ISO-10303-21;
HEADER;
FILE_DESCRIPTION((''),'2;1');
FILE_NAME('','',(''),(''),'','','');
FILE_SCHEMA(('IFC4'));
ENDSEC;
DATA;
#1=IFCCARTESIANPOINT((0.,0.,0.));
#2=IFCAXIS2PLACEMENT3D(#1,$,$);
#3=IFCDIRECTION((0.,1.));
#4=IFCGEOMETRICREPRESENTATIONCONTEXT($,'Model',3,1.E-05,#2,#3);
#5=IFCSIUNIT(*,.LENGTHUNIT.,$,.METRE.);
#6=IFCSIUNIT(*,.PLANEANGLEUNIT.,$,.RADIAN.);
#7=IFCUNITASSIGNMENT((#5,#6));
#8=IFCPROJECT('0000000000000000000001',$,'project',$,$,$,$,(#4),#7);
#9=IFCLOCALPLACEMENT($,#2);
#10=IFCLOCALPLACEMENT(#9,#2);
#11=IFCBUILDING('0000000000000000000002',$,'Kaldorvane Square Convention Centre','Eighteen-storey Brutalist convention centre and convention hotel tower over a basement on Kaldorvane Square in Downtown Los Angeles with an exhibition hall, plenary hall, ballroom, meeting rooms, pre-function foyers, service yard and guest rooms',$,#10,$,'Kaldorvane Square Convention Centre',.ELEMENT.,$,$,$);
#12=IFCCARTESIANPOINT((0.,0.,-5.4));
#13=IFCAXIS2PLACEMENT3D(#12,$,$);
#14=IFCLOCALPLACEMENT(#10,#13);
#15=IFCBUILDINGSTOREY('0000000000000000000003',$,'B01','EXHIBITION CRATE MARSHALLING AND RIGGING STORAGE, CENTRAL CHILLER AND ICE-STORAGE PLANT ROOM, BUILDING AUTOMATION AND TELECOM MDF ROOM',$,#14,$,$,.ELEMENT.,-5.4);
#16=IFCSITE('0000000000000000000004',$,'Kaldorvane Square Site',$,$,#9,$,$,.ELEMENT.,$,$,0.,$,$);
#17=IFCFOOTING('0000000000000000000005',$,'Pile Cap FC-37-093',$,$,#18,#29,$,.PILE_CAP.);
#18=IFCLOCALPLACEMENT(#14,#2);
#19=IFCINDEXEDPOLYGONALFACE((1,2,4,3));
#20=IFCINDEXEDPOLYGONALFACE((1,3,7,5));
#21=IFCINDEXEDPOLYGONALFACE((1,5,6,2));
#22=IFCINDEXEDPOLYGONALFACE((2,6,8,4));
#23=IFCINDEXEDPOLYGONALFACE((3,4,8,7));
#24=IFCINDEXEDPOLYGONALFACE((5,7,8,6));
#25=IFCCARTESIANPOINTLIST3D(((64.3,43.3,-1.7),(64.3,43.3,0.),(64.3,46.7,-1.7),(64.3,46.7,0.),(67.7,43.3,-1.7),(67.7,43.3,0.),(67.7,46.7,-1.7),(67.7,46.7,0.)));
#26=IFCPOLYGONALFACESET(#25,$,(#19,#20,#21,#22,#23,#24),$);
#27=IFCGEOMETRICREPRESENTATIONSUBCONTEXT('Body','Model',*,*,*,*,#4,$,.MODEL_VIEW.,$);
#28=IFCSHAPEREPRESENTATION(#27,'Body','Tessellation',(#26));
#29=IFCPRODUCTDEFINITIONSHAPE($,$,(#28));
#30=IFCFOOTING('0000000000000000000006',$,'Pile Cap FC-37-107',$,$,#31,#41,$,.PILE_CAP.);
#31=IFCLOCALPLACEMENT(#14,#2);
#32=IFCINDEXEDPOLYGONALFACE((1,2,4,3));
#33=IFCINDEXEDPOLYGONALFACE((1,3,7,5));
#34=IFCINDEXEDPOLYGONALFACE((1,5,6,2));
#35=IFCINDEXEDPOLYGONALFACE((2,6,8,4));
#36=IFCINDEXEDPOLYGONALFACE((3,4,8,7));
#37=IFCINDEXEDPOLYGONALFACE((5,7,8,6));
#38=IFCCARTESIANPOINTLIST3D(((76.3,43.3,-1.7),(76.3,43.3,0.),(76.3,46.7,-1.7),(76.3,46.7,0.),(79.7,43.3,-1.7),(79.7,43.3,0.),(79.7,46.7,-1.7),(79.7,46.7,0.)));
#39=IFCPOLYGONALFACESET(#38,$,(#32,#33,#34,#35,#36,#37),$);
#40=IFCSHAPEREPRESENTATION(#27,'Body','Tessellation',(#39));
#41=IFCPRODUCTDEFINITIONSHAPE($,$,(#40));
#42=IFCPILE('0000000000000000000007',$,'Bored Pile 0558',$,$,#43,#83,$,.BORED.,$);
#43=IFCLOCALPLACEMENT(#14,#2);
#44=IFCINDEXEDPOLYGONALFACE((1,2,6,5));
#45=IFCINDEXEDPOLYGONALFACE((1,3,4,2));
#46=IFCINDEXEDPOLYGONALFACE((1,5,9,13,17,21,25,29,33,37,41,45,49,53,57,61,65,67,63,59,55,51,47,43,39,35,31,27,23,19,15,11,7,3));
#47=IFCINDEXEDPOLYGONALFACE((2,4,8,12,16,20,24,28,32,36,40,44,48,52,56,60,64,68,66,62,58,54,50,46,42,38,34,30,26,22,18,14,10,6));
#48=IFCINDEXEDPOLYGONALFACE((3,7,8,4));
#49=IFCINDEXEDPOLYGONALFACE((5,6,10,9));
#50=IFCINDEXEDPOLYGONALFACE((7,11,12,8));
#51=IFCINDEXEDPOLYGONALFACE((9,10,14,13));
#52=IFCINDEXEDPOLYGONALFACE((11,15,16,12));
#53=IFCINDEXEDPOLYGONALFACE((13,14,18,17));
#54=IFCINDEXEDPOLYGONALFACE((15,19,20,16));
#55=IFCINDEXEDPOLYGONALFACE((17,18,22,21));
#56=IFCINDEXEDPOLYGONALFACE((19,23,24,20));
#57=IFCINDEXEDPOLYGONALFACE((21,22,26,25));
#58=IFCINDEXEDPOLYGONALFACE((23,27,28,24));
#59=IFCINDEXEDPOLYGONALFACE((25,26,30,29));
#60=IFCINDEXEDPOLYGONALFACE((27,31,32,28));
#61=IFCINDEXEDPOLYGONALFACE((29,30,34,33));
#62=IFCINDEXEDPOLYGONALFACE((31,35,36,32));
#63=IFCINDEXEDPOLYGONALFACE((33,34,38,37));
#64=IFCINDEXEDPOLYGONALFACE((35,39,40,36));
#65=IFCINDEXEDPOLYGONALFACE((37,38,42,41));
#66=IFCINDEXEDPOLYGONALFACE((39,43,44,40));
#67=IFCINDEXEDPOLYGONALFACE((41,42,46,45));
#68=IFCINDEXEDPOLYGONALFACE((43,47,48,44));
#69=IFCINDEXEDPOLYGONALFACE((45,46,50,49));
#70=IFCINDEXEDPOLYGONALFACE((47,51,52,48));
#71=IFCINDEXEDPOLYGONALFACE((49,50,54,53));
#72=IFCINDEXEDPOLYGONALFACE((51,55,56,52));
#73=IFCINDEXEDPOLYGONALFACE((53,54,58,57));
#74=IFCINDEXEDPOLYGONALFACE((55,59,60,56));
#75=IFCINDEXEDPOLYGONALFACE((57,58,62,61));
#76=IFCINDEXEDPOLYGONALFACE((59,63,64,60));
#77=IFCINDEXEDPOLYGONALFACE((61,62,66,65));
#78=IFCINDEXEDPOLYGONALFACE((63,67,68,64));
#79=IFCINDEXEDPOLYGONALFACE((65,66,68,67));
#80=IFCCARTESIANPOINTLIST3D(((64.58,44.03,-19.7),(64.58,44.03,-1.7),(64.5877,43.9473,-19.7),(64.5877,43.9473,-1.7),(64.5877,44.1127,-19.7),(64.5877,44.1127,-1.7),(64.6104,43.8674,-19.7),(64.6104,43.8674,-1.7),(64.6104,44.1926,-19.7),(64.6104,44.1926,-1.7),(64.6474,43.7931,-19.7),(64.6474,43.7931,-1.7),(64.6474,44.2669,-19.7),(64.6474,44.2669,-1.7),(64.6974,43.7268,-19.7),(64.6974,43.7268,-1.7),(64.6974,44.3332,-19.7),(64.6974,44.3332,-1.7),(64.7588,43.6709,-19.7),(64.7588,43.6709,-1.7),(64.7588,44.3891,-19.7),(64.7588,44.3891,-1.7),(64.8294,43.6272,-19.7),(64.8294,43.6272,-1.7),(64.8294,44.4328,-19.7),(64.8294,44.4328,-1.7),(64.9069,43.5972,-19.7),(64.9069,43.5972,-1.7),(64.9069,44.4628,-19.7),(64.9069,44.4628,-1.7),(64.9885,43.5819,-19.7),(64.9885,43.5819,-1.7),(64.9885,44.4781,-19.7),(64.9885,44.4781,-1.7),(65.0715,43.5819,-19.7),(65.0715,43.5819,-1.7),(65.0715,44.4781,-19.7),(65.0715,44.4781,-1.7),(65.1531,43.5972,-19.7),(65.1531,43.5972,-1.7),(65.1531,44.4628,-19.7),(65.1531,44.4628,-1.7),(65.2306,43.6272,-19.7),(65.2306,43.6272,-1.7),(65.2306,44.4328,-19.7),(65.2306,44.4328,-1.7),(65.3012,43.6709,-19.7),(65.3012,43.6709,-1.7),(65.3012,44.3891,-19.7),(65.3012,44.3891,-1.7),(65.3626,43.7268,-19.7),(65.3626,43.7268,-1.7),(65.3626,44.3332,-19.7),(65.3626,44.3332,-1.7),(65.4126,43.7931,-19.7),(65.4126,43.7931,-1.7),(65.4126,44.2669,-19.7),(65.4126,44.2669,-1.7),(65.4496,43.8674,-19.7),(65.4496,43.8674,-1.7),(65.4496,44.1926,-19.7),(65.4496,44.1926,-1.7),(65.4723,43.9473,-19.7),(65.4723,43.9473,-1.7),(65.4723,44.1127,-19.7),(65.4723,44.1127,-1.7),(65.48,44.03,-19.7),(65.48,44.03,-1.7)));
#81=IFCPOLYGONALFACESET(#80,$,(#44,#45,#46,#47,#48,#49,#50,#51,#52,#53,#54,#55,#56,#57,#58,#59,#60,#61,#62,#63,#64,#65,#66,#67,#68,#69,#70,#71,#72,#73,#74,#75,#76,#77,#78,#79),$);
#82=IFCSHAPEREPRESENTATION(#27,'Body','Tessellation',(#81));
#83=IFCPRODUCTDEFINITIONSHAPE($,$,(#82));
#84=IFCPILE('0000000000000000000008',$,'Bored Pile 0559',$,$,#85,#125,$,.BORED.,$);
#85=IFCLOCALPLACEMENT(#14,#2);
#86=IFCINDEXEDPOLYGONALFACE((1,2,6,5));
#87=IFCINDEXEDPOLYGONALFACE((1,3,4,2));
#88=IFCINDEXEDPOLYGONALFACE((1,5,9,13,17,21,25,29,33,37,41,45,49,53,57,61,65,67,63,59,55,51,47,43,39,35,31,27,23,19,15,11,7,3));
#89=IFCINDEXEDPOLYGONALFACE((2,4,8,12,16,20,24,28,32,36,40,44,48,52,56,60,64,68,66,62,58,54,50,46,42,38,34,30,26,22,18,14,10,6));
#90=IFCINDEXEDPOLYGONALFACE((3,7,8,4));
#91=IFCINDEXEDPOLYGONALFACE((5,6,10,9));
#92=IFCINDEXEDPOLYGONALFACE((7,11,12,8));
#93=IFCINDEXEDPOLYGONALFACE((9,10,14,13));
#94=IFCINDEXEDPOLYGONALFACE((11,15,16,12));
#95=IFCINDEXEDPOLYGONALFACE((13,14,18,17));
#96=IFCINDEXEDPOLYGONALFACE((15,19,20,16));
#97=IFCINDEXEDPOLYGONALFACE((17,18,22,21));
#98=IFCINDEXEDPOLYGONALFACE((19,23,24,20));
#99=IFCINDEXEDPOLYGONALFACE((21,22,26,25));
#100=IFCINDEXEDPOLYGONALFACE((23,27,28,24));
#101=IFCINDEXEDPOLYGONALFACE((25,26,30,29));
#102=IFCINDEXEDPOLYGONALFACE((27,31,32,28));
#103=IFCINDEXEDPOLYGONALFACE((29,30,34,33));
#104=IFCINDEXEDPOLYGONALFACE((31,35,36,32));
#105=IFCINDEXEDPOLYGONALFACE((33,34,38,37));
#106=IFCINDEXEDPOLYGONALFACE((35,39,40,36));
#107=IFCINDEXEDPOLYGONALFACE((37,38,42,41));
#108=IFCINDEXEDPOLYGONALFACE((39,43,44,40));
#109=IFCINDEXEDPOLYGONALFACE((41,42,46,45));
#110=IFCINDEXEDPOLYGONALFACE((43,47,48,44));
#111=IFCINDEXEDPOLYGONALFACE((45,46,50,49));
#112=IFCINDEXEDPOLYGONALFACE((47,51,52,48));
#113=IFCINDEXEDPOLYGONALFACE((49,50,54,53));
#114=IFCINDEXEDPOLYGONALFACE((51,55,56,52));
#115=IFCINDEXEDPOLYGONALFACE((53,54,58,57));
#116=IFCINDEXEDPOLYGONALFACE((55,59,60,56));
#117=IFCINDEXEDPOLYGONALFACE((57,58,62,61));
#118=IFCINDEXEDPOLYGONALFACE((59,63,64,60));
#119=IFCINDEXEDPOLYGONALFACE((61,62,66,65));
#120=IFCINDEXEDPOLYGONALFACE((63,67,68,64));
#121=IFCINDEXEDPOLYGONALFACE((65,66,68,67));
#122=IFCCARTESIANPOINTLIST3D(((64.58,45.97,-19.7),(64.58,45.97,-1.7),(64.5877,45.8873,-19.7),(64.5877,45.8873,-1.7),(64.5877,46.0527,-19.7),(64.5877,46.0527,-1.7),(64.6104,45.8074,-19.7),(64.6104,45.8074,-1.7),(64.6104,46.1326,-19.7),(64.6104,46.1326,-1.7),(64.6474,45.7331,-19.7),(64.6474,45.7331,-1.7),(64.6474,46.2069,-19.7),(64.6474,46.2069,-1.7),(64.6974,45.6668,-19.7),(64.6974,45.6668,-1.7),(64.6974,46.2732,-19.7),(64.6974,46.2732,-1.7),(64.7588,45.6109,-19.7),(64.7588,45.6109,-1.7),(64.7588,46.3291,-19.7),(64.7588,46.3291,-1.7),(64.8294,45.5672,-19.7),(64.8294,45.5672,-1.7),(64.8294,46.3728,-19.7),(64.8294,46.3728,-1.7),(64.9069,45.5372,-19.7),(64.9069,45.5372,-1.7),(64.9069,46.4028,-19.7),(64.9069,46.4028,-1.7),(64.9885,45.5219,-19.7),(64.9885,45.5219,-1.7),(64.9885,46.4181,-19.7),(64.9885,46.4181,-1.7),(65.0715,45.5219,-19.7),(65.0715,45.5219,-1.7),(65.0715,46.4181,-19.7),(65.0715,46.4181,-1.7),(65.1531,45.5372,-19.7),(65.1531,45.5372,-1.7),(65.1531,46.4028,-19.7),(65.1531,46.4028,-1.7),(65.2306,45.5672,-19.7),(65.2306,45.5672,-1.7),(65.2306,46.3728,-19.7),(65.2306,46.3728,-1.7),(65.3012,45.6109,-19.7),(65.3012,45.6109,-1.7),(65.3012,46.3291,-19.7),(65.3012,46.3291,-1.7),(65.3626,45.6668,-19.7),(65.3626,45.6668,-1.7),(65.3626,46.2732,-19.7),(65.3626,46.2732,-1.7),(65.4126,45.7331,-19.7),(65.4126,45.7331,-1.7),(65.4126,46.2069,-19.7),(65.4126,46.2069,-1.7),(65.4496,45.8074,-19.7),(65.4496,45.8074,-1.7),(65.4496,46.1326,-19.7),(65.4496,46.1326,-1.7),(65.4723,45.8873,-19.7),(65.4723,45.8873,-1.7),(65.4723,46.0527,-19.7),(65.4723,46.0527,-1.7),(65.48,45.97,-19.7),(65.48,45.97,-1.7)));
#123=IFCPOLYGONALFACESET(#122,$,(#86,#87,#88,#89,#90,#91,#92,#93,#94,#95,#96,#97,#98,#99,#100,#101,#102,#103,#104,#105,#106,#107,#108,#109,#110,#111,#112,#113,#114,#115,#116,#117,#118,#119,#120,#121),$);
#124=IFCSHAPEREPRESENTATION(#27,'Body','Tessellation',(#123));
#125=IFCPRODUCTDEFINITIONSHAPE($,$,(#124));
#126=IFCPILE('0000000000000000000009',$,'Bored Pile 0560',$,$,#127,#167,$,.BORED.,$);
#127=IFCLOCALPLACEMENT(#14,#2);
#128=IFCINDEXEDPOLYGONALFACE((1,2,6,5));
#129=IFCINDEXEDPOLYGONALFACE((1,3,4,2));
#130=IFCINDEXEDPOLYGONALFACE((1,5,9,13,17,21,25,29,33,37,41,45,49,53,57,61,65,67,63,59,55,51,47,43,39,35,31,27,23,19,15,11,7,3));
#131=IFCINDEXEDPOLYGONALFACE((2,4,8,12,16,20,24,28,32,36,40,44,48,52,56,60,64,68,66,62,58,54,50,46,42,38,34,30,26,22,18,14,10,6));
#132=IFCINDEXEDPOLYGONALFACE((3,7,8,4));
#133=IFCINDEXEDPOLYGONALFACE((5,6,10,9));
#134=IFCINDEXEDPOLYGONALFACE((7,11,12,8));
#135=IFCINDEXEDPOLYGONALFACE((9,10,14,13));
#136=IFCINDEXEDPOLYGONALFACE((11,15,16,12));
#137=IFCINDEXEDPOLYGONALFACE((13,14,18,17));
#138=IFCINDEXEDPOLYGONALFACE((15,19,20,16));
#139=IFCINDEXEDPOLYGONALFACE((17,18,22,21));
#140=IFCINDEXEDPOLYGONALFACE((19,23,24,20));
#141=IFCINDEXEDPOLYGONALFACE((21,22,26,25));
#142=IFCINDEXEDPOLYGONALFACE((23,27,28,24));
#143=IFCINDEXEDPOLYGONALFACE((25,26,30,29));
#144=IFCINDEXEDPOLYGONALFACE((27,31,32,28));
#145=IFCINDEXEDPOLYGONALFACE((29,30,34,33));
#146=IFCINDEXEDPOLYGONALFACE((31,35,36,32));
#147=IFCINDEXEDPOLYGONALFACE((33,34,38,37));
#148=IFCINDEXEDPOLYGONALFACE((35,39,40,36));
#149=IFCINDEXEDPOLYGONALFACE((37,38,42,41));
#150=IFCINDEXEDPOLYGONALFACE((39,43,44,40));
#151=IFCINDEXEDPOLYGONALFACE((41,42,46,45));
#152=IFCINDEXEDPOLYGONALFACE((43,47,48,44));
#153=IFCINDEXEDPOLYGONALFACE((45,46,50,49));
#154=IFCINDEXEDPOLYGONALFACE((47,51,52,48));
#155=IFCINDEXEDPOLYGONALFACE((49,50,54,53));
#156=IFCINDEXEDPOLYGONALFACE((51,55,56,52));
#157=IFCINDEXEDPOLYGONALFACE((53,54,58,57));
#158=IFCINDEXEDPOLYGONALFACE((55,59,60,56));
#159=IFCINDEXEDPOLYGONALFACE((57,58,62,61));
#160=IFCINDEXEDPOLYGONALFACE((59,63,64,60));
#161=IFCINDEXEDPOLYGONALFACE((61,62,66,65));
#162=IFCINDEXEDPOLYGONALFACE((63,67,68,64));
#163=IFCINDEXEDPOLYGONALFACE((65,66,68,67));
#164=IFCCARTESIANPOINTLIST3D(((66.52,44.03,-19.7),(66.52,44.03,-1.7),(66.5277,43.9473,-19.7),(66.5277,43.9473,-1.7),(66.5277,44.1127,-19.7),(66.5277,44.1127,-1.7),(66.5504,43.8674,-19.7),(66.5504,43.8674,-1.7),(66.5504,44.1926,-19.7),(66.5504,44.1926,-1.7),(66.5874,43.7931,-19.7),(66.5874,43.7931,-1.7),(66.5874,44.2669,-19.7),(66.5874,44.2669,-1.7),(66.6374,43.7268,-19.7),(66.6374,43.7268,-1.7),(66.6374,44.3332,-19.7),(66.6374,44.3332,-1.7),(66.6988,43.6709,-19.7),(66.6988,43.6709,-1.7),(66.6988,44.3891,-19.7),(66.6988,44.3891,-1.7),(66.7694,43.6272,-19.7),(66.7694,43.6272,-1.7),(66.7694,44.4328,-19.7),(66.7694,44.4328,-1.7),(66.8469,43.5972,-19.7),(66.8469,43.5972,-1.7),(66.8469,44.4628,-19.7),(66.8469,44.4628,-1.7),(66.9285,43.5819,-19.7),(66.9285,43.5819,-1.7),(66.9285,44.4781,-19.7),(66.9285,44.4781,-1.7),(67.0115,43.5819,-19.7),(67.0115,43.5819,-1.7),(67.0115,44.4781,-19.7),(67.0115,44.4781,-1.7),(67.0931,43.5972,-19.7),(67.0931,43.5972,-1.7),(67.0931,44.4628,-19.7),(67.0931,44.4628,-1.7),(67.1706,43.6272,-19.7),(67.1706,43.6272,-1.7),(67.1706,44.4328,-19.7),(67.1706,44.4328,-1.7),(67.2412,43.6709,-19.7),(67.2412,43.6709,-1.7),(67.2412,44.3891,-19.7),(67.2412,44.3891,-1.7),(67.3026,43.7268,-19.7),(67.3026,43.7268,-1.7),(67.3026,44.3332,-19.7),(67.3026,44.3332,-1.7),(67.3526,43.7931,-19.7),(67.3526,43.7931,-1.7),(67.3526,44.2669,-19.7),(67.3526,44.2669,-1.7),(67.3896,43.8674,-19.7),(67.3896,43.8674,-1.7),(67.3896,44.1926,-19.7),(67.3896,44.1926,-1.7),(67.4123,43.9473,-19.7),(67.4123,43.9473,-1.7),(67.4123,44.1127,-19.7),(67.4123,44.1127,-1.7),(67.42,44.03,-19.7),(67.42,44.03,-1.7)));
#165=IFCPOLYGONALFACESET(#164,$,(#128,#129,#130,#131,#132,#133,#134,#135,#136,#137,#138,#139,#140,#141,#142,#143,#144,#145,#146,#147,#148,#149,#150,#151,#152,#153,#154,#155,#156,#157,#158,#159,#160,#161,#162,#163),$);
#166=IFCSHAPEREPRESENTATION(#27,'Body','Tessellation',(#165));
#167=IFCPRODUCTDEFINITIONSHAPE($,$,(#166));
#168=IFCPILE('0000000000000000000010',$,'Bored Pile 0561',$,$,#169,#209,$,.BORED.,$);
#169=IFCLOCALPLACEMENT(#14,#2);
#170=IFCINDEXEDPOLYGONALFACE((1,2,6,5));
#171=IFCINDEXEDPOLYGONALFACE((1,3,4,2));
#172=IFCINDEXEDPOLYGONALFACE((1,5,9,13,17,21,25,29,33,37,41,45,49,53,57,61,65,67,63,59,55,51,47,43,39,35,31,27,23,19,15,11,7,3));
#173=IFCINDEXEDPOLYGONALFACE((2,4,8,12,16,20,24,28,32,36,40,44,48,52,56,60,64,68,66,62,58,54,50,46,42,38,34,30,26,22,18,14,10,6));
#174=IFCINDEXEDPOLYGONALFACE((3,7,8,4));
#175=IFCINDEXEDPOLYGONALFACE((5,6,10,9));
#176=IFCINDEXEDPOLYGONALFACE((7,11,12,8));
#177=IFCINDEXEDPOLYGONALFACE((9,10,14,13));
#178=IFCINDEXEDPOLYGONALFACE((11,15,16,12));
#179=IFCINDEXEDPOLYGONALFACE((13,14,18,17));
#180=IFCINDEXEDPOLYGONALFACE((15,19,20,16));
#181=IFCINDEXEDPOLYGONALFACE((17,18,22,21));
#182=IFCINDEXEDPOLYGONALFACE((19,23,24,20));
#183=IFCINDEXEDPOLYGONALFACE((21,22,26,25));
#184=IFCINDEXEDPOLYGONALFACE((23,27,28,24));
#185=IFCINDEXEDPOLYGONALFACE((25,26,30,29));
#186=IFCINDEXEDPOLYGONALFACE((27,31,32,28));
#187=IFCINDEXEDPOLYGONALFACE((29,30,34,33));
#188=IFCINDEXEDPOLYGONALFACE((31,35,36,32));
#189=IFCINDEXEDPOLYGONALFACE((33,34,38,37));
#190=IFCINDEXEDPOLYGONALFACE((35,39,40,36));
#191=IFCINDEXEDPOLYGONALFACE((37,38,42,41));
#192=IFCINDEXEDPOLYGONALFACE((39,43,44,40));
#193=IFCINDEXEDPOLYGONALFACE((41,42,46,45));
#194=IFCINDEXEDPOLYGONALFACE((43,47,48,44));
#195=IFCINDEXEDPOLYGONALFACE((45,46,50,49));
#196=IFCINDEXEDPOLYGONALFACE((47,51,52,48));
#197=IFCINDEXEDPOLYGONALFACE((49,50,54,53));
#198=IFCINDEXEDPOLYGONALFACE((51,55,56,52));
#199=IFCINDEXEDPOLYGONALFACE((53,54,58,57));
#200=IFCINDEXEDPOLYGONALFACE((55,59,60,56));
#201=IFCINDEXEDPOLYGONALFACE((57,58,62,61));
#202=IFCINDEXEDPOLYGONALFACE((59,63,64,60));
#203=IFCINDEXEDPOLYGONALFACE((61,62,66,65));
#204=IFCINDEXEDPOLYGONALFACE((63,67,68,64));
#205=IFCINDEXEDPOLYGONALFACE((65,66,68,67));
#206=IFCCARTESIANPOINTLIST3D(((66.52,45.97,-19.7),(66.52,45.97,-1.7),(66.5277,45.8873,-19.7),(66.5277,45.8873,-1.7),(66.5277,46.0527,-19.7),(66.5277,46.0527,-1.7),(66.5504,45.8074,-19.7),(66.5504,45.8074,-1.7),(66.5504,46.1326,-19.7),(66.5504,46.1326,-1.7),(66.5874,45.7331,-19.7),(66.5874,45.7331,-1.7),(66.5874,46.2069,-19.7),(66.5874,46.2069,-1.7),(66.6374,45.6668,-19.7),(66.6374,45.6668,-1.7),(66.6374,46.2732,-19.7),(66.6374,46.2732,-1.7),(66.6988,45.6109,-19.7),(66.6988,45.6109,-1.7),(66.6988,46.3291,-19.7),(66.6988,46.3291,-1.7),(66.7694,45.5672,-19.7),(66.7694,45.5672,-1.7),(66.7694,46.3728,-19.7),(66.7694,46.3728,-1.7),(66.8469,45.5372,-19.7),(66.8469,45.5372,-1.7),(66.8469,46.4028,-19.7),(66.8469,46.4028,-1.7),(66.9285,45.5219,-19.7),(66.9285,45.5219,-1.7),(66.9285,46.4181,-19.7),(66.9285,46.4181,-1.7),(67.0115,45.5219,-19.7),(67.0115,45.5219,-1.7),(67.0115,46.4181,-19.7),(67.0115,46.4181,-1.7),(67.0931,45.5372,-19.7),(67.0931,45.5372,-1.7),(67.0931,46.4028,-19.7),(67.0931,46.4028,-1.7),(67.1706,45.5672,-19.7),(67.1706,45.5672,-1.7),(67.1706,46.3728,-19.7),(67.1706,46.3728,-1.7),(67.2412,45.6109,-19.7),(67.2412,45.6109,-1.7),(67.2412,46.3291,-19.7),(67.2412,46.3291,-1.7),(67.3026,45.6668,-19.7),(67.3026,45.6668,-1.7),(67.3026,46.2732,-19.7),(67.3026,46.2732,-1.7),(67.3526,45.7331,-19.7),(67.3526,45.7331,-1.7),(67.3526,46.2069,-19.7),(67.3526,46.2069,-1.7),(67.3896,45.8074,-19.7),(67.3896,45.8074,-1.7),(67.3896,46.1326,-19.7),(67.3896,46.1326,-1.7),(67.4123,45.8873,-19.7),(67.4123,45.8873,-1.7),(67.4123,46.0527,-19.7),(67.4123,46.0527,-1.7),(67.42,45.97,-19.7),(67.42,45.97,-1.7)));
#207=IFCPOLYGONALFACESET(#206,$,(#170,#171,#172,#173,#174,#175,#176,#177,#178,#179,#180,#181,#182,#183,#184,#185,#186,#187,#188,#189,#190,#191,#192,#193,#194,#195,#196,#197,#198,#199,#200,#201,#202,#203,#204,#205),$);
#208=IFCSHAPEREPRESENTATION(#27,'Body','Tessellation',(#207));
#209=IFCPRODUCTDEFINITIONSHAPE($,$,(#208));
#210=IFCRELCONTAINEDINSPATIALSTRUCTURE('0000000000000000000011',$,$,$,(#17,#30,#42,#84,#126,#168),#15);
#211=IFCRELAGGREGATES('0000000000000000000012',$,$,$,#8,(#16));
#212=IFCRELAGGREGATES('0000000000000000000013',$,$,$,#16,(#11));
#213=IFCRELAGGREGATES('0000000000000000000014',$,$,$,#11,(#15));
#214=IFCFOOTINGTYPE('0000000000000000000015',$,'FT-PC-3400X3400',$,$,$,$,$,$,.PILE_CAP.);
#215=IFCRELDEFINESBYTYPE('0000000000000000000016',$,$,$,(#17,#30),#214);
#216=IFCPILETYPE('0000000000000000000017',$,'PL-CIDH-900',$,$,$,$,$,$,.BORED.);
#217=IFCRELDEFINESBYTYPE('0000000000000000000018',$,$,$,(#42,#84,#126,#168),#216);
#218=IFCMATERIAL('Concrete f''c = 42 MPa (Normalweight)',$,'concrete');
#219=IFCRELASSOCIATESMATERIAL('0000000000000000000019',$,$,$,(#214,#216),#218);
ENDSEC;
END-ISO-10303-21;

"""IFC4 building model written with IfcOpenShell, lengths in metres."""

from ifc_helpers import new_model, si_unit, direction, frame, origin, origin_2d, place, context, subcontext, project, spatial, rectangle, circle, extrude, material, material_profile, profile_set, type_object, element, save


model = new_model("IFC4")

# Units and contexts
model_context = context("Model", 3, precision=1e-05, world=origin(), true_north=direction((0.0, 1.0)))
body_context = subcontext(model_context, "Body", "Model", "MODEL_VIEW")
ifc_project = project(units=[si_unit("LENGTHUNIT", "METRE"), si_unit("PLANEANGLEUNIT", "RADIAN")], contexts=[model_context])

# Site, building, storey
site_placement = place(None, origin())
site = spatial("IfcSite", under=ifc_project, at=site_placement, Name="Kaldorvane Square Site", CompositionType="ELEMENT", RefElevation=0.0)
building_placement = place(site_placement, origin())
building = spatial("IfcBuilding", under=site, at=building_placement, Name="Kaldorvane Square Convention Centre", Description="Eighteen-storey Brutalist convention centre and convention hotel tower over a basement on Kaldorvane Square in Downtown Los Angeles with an exhibition hall, plenary hall, ballroom, meeting rooms, pre-function foyers, service yard and guest rooms", LongName="Kaldorvane Square Convention Centre", CompositionType="ELEMENT")
storey_placement = place(building_placement, frame((0.0, 0.0, -5.4)))
storey = spatial("IfcBuildingStorey", under=building, at=storey_placement, Name="B01", Description="EXHIBITION CRATE MARSHALLING AND RIGGING STORAGE, CENTRAL CHILLER AND ICE-STORAGE PLANT ROOM, BUILDING AUTOMATION AND TELECOM MDF ROOM", CompositionType="ELEMENT", Elevation=-5.4)

# Footings
ifc_material_1 = material(Name="Concrete f'c = 42 MPa (Normalweight)", Category="concrete")
footing_type = type_object("IfcFootingType", Name="FT-PC-3400X3400", PredefinedType="PILE_CAP", material=ifc_material_1)
for number, where, z_axis, x_axis, name in (
    (1, (66.0, 45.0, -1.7), (0.0, 0.0, 1.0), (1.0, 0.0, 0.0), "Pile Cap FC-37-093"),
    (2, (78.0, 45.0, -1.7), (0.0, 0.0, 1.0), (1.0, 0.0, 0.0), "Pile Cap FC-37-107"),
):
    element("IfcFooting", number, at=place(storey_placement, frame(where, z_axis=z_axis, x_axis=x_axis)), inside=storey, type_object=footing_type, Name=name, PredefinedType="PILE_CAP", context=body_context, shape_type="SweptSolid", body=[
        extrude(rectangle(XDim=3.4, YDim=3.4, at=origin_2d()), origin(), (0.0, 0.0, 1.0), 1.7),
    ])

# Piles
ifc_material_profile_1 = material_profile(ifc_material_1, circle(Radius=0.45, at=origin_2d()), Name="PILE-D900")
ifc_profile_set_1 = profile_set([ifc_material_profile_1], Name="Concrete f'c = 42 MPa (Normalweight)")
pile_type = type_object("IfcPileType", Name="PL-CIDH-900", PredefinedType="BORED", material=ifc_profile_set_1)
for number, where, z_axis, x_axis, name in (
    (3, (65.03, 44.03, -1.7), (0.0, 0.0, -1.0), (1.0, 0.0, 0.0), "Bored Pile 0558"),
    (4, (65.03, 45.97, -1.7), (0.0, 0.0, -1.0), (1.0, 0.0, 0.0), "Bored Pile 0559"),
    (5, (66.97, 44.03, -1.7), (0.0, 0.0, -1.0), (1.0, 0.0, 0.0), "Bored Pile 0560"),
    (6, (66.97, 45.97, -1.7), (0.0, 0.0, -1.0), (1.0, 0.0, 0.0), "Bored Pile 0561"),
):
    element("IfcPile", number, at=place(storey_placement, frame(where, z_axis=z_axis, x_axis=x_axis)), inside=storey, type_object=pile_type, Name=name, PredefinedType="BORED", context=body_context, shape_type="SweptSolid", body=[
        extrude(circle(Radius=0.45, at=origin_2d()), origin(), (0.0, 0.0, 1.0), 18.0),
    ])

save(model, "model.ifc")
